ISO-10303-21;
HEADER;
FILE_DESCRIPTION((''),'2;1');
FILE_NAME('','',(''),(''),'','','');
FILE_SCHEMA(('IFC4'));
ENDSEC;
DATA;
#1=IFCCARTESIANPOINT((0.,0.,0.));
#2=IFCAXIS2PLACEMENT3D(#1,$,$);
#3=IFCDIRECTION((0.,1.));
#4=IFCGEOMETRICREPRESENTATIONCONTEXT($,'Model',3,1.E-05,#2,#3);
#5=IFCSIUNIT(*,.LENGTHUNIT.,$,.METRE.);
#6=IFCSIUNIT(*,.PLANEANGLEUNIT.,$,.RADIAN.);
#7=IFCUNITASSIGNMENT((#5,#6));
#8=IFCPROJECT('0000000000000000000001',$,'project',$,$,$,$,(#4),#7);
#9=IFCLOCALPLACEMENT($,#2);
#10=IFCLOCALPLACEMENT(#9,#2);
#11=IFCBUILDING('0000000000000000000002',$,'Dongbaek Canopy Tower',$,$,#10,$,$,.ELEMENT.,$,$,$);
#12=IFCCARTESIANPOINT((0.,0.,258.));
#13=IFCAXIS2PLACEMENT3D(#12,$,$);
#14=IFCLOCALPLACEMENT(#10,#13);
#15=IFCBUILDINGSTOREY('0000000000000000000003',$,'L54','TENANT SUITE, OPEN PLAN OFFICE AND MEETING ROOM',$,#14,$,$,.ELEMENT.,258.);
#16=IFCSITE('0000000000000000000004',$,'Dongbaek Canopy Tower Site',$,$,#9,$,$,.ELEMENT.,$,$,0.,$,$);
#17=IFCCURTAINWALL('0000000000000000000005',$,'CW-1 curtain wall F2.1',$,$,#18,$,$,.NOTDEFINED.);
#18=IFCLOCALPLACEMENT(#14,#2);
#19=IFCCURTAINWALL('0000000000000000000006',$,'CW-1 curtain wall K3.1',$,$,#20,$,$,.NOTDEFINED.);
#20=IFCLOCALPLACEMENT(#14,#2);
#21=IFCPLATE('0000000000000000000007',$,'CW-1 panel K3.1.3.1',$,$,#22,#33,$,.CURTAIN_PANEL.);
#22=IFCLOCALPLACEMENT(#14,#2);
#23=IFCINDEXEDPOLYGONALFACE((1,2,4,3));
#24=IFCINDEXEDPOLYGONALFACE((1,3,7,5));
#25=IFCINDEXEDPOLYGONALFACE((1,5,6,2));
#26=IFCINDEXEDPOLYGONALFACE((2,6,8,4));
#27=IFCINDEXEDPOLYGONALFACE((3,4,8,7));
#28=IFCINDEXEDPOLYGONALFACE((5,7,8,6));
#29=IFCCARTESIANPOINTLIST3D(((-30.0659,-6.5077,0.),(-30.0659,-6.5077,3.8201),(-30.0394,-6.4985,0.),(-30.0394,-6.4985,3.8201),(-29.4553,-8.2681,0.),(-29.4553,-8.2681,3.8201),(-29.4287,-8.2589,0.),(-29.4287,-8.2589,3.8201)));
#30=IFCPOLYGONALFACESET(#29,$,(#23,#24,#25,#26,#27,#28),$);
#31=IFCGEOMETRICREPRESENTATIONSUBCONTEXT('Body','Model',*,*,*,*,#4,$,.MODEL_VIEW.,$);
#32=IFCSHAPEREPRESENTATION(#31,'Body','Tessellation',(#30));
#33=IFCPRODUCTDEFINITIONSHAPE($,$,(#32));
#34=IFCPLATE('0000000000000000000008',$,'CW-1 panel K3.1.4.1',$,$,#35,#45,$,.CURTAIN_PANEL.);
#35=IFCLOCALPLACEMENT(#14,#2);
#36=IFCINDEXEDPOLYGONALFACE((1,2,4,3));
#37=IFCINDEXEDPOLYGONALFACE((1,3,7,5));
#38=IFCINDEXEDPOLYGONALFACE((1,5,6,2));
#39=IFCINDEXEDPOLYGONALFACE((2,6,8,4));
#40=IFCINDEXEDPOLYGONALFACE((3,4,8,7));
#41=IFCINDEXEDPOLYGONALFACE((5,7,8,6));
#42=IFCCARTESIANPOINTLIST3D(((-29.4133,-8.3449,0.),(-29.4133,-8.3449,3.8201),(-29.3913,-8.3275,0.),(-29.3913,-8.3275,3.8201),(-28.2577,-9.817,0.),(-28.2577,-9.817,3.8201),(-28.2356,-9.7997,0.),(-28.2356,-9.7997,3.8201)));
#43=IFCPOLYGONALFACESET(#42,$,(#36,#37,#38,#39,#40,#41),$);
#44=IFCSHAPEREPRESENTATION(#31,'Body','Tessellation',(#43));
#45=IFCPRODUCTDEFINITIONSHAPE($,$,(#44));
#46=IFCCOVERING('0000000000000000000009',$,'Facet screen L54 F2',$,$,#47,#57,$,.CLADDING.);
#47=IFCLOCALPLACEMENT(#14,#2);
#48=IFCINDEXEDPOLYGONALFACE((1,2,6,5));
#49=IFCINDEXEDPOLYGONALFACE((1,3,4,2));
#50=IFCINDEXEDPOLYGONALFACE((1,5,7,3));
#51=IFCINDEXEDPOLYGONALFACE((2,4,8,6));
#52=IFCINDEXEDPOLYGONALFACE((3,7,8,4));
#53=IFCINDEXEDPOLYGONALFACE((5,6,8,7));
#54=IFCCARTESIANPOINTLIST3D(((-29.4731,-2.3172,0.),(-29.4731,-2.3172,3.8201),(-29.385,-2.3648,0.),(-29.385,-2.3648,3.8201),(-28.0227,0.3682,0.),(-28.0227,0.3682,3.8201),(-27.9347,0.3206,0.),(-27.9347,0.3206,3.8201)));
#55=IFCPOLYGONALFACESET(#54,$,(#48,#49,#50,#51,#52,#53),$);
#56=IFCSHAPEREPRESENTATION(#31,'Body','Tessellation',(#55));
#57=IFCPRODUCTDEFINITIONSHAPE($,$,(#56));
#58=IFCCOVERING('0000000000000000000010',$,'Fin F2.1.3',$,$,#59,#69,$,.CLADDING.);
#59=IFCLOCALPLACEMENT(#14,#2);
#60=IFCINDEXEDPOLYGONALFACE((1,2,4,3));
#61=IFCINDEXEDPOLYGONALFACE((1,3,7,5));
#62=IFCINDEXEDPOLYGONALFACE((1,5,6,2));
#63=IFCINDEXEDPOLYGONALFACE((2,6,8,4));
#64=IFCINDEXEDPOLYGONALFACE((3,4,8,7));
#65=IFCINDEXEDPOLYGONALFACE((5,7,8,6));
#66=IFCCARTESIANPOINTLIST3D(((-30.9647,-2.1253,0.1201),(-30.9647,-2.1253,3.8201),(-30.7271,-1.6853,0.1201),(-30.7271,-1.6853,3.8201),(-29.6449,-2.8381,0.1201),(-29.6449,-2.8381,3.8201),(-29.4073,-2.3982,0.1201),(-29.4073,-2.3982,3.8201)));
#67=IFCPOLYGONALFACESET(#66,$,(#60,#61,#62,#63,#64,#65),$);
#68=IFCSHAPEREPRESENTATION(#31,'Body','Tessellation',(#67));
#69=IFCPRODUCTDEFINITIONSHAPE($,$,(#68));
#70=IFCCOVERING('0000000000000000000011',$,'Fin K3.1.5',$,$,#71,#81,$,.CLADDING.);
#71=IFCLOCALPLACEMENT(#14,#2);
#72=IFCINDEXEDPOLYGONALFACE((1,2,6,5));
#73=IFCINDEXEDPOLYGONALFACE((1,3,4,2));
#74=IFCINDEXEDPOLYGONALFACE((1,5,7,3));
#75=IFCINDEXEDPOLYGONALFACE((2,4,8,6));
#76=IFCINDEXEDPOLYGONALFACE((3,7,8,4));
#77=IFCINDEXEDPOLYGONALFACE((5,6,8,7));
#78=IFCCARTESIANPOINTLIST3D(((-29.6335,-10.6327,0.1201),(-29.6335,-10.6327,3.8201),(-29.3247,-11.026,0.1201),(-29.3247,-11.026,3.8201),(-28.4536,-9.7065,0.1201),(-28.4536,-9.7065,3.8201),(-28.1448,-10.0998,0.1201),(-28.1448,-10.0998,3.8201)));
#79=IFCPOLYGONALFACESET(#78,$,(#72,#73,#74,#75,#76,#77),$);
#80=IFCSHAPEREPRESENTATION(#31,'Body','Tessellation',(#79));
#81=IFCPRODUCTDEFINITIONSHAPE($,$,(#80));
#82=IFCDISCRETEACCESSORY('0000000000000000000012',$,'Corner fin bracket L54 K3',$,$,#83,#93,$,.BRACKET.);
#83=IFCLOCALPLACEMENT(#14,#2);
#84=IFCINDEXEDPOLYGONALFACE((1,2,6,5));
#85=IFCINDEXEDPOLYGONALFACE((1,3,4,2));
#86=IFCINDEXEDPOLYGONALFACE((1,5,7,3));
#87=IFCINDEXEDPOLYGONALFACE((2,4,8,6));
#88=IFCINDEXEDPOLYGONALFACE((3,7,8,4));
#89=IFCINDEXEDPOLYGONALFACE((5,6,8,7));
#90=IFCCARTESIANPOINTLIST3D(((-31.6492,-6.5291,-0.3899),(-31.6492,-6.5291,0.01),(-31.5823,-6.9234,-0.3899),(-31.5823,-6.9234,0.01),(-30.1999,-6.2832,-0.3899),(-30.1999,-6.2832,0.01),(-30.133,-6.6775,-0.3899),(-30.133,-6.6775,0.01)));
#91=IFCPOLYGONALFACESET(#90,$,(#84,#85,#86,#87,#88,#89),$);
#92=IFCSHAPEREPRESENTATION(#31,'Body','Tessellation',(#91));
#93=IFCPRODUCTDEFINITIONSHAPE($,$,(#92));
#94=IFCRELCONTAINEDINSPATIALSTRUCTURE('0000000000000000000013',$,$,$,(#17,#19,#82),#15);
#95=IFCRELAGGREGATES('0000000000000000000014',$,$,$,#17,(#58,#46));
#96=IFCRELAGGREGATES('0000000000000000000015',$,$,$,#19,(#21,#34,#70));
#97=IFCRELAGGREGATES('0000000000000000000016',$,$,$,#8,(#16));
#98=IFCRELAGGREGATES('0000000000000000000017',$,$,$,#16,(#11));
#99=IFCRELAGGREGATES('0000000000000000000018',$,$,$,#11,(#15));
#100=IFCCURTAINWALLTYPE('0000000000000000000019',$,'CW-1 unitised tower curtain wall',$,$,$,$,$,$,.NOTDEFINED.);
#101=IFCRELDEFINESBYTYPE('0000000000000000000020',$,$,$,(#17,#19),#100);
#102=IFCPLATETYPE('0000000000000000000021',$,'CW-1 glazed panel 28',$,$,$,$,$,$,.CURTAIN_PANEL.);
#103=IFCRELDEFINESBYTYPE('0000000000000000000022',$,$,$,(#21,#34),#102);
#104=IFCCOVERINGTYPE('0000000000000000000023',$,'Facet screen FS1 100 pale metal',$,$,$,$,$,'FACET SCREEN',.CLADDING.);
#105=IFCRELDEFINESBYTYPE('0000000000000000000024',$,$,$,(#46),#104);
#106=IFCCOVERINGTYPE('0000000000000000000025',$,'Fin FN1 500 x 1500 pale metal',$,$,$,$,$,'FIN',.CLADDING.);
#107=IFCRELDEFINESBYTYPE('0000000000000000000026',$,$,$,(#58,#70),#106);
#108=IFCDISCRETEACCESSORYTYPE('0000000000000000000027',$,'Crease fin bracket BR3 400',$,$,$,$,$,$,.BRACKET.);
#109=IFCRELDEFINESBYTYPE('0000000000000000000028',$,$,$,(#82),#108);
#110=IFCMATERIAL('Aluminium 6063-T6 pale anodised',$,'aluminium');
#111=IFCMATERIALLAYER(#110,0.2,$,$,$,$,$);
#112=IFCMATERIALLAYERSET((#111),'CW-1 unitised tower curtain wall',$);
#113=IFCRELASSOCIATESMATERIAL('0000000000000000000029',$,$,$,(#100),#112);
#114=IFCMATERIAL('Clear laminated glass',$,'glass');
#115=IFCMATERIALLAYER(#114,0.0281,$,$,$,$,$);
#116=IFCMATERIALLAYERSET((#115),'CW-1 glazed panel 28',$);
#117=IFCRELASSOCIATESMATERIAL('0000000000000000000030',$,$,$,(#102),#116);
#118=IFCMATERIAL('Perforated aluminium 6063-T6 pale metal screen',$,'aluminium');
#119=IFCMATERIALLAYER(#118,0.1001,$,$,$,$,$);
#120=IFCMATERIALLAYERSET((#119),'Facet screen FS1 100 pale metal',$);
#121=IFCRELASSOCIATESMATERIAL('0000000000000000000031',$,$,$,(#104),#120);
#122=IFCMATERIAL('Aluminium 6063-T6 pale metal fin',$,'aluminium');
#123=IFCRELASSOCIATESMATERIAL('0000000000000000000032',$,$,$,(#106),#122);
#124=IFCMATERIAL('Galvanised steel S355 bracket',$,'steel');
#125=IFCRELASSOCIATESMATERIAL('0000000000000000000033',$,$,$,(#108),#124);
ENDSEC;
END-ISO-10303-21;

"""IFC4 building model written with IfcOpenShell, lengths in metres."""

from ifc_helpers import new_model, si_unit, direction, frame, origin, origin_2d, place, context, subcontext, project, spatial, rectangle, extrude, material, layer, layer_set, material_profile, profile_set, type_object, element, aggregate, save


model = new_model("IFC4")

# Units and contexts
model_context = context("Model", 3, precision=1e-05, world=origin(), true_north=direction((0.0, 1.0)))
body_context = subcontext(model_context, "Body", "Model", "MODEL_VIEW")
ifc_project = project(units=[si_unit("LENGTHUNIT", "METRE"), si_unit("PLANEANGLEUNIT", "RADIAN")], contexts=[model_context])

# Site, building, storey
site_placement = place(None, origin())
site = spatial("IfcSite", under=ifc_project, at=site_placement, Name="Dongbaek Canopy Tower Site", CompositionType="ELEMENT", RefElevation=0.0)
building_placement = place(site_placement, origin())
building = spatial("IfcBuilding", under=site, at=building_placement, Name="Dongbaek Canopy Tower", CompositionType="ELEMENT")
storey_placement = place(building_placement, frame((0.0, 0.0, 258.0)))
storey = spatial("IfcBuildingStorey", under=building, at=storey_placement, Name="L54", Description="TENANT SUITE, OPEN PLAN OFFICE AND MEETING ROOM", CompositionType="ELEMENT", Elevation=258.0)

# Curtain wall
ifc_material_1 = material(Name="Aluminium 6063-T6 pale anodised", Category="aluminium")
ifc_layer_1 = layer(ifc_material_1, 0.2)
ifc_layer_set_1 = layer_set([ifc_layer_1], Name="CW-1 unitised tower curtain wall")
curtain_wall_type = type_object("IfcCurtainWallType", Name="CW-1 unitised tower curtain wall", PredefinedType="NOTDEFINED", material=ifc_layer_set_1)
curtain_wall_1_placement = place(storey_placement, origin())
curtain_wall_1 = element("IfcCurtainWall", 1, at=curtain_wall_1_placement, inside=storey, type_object=curtain_wall_type, Name="CW-1 curtain wall F2.1", PredefinedType="NOTDEFINED")

# Curtain wall
curtain_wall_2_placement = place(storey_placement, origin())
curtain_wall_2 = element("IfcCurtainWall", 2, at=curtain_wall_2_placement, inside=storey, type_object=curtain_wall_type, Name="CW-1 curtain wall K3.1", PredefinedType="NOTDEFINED")

# Plates
ifc_material_2 = material(Name="Clear laminated glass", Category="glass")
ifc_layer_2 = layer(ifc_material_2, 0.0281)
ifc_layer_set_2 = layer_set([ifc_layer_2], Name="CW-1 glazed panel 28")
plate_type = type_object("IfcPlateType", Name="CW-1 glazed panel 28", PredefinedType="CURTAIN_PANEL", material=ifc_layer_set_2)
plate_1_placement = place(storey_placement, frame((-29.7473, -7.3833, 0.0), z_axis=(0.0, 0.0, 1.0), x_axis=(0.327726, -0.944773, 0.0)))
plate_1 = element("IfcPlate", 3, at=plate_1_placement, type_object=plate_type, Name="CW-1 panel K3.1.3.1", PredefinedType="CURTAIN_PANEL", context=body_context, shape_type="SweptSolid", body=[
    extrude(rectangle(XDim=1.8633, YDim=0.0281, at=origin_2d()), origin(), (0.0, 0.0, 1.0), 3.8201),
])
plate_2_placement = place(storey_placement, frame((-28.8245, -9.0723, 0.0), z_axis=(0.0, 0.0, 1.0), x_axis=(0.617477, -0.786589, 0.0)))
plate_2 = element("IfcPlate", 4, at=plate_2_placement, type_object=plate_type, Name="CW-1 panel K3.1.4.1", PredefinedType="CURTAIN_PANEL", context=body_context, shape_type="SweptSolid", body=[
    extrude(rectangle(XDim=1.8716, YDim=0.0281, at=origin_2d()), origin(), (0.0, 0.0, 1.0), 3.8201),
])

# Coverings
ifc_material_3 = material(Name="Perforated aluminium 6063-T6 pale metal screen", Category="aluminium")
ifc_layer_3 = layer(ifc_material_3, 0.1001)
ifc_layer_set_3 = layer_set([ifc_layer_3], Name="Facet screen FS1 100 pale metal")
covering_type_1 = type_object("IfcCoveringType", Name="Facet screen FS1 100 pale metal", ElementType="FACET SCREEN", PredefinedType="CLADDING", material=ifc_layer_set_3)
covering_1_placement = place(storey_placement, frame((-28.7039, -0.9983, 0.0), z_axis=(0.0, 0.0, 1.0), x_axis=(-0.475202, -0.879877, 0.0)))
covering_1 = element("IfcCovering", 5, at=covering_1_placement, type_object=covering_type_1, Name="Facet screen L54 F2", PredefinedType="CLADDING", context=body_context, shape_type="SweptSolid", body=[
    extrude(rectangle(XDim=3.052, YDim=0.1001, at=origin_2d()), origin(), (0.0, 0.0, 1.0), 3.8201),
])
ifc_material_4 = material(Name="Aluminium 6063-T6 pale metal fin", Category="aluminium")
ifc_material_profile_1 = material_profile(ifc_material_4, rectangle(XDim=1.5, YDim=0.5, at=origin_2d()), Name="Fin FN1 500 x 1500 pale metal")
ifc_profile_set_1 = profile_set([ifc_material_profile_1], Name="Aluminium 6063-T6 pale metal fin")
covering_type_2 = type_object("IfcCoveringType", Name="Fin FN1 500 x 1500 pale metal", ElementType="FIN", PredefinedType="CLADDING", material=ifc_profile_set_1)
covering_2_placement = place(storey_placement, frame((-30.186, -2.2617, 0.1201), z_axis=(0.0, 0.0, 1.0), x_axis=(-0.879877, 0.475202, 0.0)))
covering_2 = element("IfcCovering", 6, at=covering_2_placement, type_object=covering_type_2, Name="Fin F2.1.3", PredefinedType="CLADDING", context=body_context, shape_type="SweptSolid", body=[
    extrude(rectangle(XDim=1.5, YDim=0.5, at=origin_2d()), origin(), (0.0, 0.0, 1.0), 3.7),
])
aggregate(curtain_wall_1, [covering_2, covering_1])
covering_3_placement = place(storey_placement, frame((-28.8892, -10.3662, 0.1201), z_axis=(0.0, 0.0, 1.0), x_axis=(-0.786589, -0.617477, 0.0)))
covering_3 = element("IfcCovering", 7, at=covering_3_placement, type_object=covering_type_2, Name="Fin K3.1.5", PredefinedType="CLADDING", context=body_context, shape_type="SweptSolid", body=[
    extrude(rectangle(XDim=1.5, YDim=0.5, at=origin_2d()), origin(), (0.0, 0.0, 1.0), 3.7),
])
aggregate(curtain_wall_2, [plate_1, plate_2, covering_3])

# Discrete accessory
ifc_material_5 = material(Name="Galvanised steel S355 bracket", Category="steel")
discrete_accessory_type = type_object("IfcDiscreteAccessoryType", Name="Crease fin bracket BR3 400", PredefinedType="BRACKET", material=ifc_material_5)
discrete_accessory_placement = place(storey_placement, frame((-30.8911, -6.6033, -0.3899), z_axis=(0.0, 0.0, 1.0), x_axis=(-0.985908, -0.167288, 0.0)))
element("IfcDiscreteAccessory", 8, at=discrete_accessory_placement, inside=storey, type_object=discrete_accessory_type, Name="Corner fin bracket L54 K3", PredefinedType="BRACKET", context=body_context, shape_type="SweptSolid", body=[
    extrude(rectangle(XDim=1.47, YDim=0.3999, at=origin_2d()), origin(), (0.0, 0.0, 1.0), 0.3999),
])

save(model, "model.ifc")
